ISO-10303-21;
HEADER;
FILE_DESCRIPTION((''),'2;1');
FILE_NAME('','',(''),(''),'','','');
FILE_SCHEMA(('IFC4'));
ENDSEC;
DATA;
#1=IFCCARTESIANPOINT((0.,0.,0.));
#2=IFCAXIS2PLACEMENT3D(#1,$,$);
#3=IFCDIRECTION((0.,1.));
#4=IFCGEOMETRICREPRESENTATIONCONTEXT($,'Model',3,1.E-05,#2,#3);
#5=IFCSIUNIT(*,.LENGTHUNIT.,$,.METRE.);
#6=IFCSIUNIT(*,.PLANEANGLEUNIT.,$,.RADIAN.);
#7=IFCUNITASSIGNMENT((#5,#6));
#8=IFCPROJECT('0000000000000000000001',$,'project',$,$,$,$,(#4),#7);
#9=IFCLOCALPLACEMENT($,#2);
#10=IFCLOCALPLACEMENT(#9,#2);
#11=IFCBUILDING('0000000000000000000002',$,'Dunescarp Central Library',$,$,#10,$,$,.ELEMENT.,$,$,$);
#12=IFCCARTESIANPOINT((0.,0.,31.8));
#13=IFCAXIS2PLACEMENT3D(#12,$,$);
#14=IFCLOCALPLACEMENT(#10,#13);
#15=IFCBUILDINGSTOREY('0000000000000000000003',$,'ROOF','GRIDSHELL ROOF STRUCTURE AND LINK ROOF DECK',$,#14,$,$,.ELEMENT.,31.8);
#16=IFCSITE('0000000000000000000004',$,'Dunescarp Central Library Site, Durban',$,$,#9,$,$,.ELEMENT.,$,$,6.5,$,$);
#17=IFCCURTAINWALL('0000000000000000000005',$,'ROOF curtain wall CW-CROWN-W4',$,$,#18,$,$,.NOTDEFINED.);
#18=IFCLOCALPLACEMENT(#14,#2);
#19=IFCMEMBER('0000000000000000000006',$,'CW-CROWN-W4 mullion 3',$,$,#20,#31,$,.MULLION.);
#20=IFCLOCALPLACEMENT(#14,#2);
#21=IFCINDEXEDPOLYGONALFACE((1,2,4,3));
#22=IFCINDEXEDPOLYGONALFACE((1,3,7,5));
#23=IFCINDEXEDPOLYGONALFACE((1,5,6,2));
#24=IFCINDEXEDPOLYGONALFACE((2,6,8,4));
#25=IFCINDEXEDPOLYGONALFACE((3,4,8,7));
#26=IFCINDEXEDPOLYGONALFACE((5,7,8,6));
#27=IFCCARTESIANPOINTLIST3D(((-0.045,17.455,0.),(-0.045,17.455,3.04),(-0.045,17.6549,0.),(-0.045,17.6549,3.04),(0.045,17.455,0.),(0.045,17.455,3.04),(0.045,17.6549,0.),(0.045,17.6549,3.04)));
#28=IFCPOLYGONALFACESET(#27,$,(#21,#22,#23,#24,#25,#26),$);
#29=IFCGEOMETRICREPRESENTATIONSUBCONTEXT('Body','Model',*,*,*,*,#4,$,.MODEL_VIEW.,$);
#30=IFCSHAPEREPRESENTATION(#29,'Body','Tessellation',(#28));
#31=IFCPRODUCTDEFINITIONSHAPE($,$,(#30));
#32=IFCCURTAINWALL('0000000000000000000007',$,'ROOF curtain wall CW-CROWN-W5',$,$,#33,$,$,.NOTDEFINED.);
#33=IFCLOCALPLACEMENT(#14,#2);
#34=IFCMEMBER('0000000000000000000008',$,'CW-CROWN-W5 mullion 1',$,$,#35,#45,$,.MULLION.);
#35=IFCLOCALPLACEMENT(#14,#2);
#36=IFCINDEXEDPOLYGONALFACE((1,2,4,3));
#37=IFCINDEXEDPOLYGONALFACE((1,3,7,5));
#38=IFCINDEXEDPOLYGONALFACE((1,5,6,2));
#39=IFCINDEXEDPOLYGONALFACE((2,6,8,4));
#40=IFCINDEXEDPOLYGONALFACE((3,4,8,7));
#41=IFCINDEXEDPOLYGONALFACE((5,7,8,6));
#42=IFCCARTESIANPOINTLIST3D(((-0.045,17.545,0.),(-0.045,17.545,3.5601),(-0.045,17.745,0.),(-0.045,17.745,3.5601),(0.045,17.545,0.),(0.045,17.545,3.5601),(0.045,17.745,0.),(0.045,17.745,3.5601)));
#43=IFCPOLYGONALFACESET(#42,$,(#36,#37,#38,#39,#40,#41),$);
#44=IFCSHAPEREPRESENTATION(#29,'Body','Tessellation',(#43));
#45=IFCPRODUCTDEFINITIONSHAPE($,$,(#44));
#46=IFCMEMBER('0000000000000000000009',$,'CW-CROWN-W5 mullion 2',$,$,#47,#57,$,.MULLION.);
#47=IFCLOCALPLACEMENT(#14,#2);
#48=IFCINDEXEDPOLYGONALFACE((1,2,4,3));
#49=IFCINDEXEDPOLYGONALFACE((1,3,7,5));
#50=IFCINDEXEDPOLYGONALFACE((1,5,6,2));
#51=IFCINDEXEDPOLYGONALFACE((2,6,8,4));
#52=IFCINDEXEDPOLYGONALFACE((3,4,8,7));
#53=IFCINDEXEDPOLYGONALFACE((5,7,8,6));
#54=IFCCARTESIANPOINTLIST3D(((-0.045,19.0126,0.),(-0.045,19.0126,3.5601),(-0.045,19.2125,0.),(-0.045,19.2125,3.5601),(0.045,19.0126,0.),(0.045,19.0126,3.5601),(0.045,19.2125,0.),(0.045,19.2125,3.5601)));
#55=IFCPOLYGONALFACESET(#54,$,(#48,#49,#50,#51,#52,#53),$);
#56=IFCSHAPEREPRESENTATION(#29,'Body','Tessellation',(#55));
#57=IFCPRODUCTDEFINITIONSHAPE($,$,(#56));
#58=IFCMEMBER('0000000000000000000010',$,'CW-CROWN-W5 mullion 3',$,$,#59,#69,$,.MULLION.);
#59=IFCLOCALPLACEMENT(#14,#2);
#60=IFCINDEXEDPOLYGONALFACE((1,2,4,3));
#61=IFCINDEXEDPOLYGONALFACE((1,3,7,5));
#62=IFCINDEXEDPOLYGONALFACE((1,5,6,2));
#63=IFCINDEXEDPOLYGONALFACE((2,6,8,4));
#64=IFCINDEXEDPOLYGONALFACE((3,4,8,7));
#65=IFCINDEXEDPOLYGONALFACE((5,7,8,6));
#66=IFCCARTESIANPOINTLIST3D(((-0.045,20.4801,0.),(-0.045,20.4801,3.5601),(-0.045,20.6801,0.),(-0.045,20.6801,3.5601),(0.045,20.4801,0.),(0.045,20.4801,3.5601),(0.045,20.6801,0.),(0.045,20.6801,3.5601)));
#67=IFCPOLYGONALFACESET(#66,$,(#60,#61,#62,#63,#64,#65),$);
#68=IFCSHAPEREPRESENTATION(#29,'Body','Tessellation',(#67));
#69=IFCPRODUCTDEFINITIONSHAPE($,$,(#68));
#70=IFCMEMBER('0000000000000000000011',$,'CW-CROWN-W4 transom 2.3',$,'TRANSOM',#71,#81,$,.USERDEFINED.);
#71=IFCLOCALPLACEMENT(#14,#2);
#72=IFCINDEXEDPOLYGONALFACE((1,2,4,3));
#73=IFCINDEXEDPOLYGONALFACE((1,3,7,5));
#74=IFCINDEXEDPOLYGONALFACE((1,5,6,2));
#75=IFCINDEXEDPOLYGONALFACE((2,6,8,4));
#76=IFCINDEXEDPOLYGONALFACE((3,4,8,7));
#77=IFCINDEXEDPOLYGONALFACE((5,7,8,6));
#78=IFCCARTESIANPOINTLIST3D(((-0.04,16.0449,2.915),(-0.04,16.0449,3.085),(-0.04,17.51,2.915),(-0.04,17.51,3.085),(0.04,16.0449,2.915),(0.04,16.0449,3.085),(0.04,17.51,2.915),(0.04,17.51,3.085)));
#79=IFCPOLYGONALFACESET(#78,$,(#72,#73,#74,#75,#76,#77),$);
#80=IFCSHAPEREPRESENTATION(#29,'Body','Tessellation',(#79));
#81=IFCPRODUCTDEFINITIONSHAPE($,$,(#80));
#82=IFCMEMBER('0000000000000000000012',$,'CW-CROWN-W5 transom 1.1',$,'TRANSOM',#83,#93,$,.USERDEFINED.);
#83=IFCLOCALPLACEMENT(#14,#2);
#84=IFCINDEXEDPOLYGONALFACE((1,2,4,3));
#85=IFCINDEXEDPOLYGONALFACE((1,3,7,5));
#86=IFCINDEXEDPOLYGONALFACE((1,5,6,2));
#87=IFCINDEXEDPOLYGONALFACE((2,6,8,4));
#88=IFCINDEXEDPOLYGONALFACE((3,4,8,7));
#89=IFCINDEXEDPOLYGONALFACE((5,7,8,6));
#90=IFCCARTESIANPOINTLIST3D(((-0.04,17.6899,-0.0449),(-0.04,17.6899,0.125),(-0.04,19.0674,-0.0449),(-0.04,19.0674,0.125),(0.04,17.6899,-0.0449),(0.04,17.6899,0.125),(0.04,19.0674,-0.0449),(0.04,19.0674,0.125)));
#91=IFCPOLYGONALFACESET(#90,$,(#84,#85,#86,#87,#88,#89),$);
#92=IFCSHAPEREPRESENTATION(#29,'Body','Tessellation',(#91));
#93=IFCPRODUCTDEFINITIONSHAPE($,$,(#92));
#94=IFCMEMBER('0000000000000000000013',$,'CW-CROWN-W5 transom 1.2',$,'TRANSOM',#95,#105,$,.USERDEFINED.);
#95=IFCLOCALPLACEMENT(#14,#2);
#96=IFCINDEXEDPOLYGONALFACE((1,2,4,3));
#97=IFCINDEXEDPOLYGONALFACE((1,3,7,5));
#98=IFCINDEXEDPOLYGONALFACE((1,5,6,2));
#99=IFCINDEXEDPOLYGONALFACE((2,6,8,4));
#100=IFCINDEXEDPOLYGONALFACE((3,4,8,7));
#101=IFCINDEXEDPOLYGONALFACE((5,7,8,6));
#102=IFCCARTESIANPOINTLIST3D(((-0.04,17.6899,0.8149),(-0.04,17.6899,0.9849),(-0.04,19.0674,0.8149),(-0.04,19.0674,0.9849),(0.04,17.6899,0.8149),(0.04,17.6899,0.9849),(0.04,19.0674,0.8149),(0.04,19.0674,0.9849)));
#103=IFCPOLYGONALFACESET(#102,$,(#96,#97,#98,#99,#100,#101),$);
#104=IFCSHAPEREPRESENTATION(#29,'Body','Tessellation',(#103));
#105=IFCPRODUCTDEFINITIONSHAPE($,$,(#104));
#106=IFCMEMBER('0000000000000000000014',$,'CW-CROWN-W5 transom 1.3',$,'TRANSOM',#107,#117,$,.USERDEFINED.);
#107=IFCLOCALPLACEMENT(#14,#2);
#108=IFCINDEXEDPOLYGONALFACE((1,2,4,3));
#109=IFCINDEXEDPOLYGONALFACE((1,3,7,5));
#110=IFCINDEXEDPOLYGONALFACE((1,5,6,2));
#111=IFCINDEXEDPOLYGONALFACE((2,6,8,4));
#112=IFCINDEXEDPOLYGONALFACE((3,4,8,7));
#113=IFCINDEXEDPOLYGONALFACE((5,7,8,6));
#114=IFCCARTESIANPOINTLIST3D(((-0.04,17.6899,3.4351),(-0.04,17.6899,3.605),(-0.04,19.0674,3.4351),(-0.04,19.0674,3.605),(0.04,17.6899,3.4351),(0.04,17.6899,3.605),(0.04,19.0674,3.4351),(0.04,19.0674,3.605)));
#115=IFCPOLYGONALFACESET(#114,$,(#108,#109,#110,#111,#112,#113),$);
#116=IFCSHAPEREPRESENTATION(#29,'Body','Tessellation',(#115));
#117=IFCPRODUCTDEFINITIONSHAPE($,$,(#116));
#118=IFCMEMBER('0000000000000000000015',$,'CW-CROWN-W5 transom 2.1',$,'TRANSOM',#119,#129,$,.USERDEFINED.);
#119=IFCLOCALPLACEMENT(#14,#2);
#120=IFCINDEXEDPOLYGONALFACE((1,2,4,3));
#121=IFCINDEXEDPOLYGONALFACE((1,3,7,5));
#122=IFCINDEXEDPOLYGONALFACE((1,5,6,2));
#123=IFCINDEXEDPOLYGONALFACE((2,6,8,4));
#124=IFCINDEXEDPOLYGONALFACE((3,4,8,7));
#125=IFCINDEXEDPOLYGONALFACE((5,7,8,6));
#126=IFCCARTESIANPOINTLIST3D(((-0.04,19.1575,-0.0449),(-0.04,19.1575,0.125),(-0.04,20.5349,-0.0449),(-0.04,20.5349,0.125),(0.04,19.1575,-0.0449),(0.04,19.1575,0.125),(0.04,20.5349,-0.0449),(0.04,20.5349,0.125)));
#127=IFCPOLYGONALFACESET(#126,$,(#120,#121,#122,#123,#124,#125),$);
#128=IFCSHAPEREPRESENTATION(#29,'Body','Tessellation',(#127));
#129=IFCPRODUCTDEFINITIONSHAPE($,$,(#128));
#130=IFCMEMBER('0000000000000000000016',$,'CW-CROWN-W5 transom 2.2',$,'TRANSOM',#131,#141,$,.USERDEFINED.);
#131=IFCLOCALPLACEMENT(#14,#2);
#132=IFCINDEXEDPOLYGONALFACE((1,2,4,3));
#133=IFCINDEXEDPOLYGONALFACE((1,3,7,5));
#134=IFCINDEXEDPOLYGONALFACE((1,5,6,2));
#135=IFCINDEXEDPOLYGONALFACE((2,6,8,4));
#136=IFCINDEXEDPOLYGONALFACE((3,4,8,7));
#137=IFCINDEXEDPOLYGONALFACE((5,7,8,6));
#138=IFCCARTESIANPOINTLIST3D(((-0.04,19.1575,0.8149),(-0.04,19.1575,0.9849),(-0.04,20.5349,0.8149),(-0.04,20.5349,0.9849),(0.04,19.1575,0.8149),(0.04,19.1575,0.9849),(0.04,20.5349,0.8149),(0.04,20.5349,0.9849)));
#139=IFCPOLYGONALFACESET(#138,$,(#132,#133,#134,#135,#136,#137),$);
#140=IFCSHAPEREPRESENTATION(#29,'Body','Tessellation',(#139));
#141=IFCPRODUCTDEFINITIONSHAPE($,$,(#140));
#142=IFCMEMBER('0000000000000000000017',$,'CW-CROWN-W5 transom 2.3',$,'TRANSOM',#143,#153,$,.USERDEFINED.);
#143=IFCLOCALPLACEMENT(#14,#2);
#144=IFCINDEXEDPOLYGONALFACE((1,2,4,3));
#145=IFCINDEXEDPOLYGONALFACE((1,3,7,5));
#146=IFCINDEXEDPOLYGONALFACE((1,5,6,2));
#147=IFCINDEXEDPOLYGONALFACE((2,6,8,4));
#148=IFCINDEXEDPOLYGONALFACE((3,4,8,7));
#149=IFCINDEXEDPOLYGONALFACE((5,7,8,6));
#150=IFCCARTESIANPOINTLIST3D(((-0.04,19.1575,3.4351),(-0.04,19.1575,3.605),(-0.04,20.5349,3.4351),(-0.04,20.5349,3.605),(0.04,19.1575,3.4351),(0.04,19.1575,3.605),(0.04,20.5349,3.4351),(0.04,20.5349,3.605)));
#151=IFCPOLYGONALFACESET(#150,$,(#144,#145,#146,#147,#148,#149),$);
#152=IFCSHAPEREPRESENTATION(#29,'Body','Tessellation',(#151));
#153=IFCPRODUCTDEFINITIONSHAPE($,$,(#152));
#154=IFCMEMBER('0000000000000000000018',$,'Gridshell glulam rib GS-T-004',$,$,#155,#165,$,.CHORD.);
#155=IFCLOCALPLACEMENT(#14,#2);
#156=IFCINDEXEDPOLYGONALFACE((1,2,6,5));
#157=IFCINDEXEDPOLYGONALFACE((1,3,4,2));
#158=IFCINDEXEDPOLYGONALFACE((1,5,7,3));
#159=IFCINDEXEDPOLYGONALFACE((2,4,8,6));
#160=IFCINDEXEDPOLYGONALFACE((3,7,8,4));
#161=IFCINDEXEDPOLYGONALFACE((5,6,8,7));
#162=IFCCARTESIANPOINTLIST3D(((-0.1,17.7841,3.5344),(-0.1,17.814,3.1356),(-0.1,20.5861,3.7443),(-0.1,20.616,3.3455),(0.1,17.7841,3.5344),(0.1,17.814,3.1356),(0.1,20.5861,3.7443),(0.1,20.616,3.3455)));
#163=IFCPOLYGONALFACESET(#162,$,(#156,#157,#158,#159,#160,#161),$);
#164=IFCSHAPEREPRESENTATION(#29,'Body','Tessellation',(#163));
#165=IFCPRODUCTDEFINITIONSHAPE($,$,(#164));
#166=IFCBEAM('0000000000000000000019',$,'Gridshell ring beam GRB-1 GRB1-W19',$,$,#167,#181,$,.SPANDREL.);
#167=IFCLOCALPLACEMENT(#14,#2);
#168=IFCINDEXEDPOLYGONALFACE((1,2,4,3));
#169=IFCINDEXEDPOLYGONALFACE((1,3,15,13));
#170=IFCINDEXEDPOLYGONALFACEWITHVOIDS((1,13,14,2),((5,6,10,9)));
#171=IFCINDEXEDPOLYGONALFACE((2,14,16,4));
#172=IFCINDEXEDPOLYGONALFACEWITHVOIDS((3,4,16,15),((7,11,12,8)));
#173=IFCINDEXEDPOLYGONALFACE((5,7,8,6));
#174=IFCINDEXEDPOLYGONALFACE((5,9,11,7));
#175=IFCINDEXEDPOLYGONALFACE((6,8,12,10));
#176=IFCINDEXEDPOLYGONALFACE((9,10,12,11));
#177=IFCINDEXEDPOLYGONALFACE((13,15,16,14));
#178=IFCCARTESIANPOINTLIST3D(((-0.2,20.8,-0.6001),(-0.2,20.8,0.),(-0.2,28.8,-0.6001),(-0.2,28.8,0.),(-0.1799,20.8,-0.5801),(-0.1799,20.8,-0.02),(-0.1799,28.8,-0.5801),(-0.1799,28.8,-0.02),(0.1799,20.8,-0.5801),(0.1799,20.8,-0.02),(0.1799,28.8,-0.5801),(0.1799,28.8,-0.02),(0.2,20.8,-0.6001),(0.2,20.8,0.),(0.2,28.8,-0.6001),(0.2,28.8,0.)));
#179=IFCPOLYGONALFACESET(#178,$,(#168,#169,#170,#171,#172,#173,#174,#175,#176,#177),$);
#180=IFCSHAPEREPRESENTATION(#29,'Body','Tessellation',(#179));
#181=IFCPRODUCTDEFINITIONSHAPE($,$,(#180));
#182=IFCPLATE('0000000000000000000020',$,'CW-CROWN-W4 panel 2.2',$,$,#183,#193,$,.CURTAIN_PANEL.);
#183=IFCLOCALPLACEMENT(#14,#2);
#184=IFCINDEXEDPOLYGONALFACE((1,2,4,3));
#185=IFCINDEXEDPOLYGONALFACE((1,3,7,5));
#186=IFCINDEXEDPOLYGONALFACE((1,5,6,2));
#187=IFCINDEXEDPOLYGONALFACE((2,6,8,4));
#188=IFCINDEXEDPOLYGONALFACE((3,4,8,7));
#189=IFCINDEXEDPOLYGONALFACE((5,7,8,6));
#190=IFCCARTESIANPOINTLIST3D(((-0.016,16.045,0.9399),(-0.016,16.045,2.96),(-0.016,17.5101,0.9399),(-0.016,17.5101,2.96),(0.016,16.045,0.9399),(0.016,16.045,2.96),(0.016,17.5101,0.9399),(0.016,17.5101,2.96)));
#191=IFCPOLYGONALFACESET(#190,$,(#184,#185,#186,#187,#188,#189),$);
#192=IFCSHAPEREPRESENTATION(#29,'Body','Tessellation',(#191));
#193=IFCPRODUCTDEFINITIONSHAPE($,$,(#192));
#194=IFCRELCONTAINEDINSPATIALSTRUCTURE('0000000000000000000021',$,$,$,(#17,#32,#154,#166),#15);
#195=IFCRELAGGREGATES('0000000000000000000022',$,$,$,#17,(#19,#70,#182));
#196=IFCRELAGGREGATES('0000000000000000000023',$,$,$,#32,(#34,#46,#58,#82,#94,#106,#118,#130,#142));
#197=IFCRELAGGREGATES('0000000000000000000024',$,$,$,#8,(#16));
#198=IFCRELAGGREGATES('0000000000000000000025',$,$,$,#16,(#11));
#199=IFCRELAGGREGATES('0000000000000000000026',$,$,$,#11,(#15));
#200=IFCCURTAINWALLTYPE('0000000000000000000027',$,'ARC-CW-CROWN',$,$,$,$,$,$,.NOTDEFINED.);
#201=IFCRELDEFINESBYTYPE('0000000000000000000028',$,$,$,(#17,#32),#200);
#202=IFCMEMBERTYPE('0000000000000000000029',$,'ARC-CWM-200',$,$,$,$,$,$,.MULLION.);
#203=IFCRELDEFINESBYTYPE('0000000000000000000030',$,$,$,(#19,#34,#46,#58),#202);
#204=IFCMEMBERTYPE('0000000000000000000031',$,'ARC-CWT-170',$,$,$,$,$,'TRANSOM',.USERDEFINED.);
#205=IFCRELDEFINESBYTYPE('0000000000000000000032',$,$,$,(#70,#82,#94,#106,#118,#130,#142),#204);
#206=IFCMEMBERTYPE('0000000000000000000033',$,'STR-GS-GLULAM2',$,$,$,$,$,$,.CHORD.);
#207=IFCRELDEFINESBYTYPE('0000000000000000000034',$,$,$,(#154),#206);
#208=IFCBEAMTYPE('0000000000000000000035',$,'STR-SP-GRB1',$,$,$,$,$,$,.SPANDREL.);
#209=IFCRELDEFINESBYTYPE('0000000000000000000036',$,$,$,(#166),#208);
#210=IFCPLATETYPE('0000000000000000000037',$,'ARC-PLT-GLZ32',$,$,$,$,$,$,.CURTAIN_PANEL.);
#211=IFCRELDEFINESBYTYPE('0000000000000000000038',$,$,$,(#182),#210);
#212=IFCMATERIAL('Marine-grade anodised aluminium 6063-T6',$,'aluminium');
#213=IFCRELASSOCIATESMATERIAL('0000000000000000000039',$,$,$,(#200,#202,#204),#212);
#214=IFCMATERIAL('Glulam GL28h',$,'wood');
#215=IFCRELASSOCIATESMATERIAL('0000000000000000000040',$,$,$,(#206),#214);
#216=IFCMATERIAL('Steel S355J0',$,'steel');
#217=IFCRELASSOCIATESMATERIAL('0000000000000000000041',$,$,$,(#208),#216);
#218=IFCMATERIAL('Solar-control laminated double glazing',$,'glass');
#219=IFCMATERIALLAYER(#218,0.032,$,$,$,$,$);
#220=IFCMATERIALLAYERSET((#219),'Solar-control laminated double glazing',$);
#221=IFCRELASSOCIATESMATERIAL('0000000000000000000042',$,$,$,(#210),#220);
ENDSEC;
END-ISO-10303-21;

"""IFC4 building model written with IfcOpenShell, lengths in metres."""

from ifc_helpers import new_model, si_unit, direction, frame, origin, origin_2d, place, context, subcontext, project, spatial, rectangle, hollow_rectangle, extrude, material, layer, layer_set, material_profile, profile_set, type_object, element, aggregate, save


model = new_model("IFC4")

# Units and contexts
model_context = context("Model", 3, precision=1e-05, world=origin(), true_north=direction((0.0, 1.0)))
body_context = subcontext(model_context, "Body", "Model", "MODEL_VIEW")
ifc_project = project(units=[si_unit("LENGTHUNIT", "METRE"), si_unit("PLANEANGLEUNIT", "RADIAN")], contexts=[model_context])

# Site, building, storey
site_placement = place(None, origin())
site = spatial("IfcSite", under=ifc_project, at=site_placement, Name="Dunescarp Central Library Site, Durban", CompositionType="ELEMENT", RefElevation=6.5)
building_placement = place(site_placement, origin())
building = spatial("IfcBuilding", under=site, at=building_placement, Name="Dunescarp Central Library", CompositionType="ELEMENT")
storey_placement = place(building_placement, frame((0.0, 0.0, 31.8)))
storey = spatial("IfcBuildingStorey", under=building, at=storey_placement, Name="ROOF", Description="GRIDSHELL ROOF STRUCTURE AND LINK ROOF DECK", CompositionType="ELEMENT", Elevation=31.8)

# Curtain wall, member
ifc_material_1 = material(Name="Marine-grade anodised aluminium 6063-T6", Category="aluminium")
curtain_wall_type = type_object("IfcCurtainWallType", Name="ARC-CW-CROWN", PredefinedType="NOTDEFINED", material=ifc_material_1)
curtain_wall_1_placement = place(storey_placement, origin())
curtain_wall_1 = element("IfcCurtainWall", 1, at=curtain_wall_1_placement, inside=storey, type_object=curtain_wall_type, Name="ROOF curtain wall CW-CROWN-W4", PredefinedType="NOTDEFINED")
ifc_material_profile_1 = material_profile(ifc_material_1, rectangle(XDim=0.0901, YDim=0.2, at=origin_2d()), Name="AL 90x200")
ifc_profile_set_1 = profile_set([ifc_material_profile_1], Name="Marine-grade anodised aluminium 6063-T6")
member_type_1 = type_object("IfcMemberType", Name="ARC-CWM-200", PredefinedType="MULLION", material=ifc_profile_set_1)
member_1_placement = place(storey_placement, frame((0.0, 17.5549, 0.0), z_axis=(0.0, 0.0, 1.0), x_axis=(-1.0, 0.0, 0.0)))
member_1 = element("IfcMember", 2, at=member_1_placement, type_object=member_type_1, Name="CW-CROWN-W4 mullion 3", PredefinedType="MULLION", context=body_context, shape_type="SweptSolid", body=[
    extrude(rectangle(XDim=0.0901, YDim=0.2, at=origin_2d()), origin(), (0.0, 0.0, 1.0), 3.04),
])

# Curtain wall, members
curtain_wall_2_placement = place(storey_placement, origin())
curtain_wall_2 = element("IfcCurtainWall", 3, at=curtain_wall_2_placement, inside=storey, type_object=curtain_wall_type, Name="ROOF curtain wall CW-CROWN-W5", PredefinedType="NOTDEFINED")
member_2_placement = place(storey_placement, frame((0.0, 17.645, 0.0), z_axis=(0.0, 0.0, 1.0), x_axis=(-1.0, 0.0, 0.0)))
member_2 = element("IfcMember", 4, at=member_2_placement, type_object=member_type_1, Name="CW-CROWN-W5 mullion 1", PredefinedType="MULLION", context=body_context, shape_type="SweptSolid", body=[
    extrude(rectangle(XDim=0.0901, YDim=0.2, at=origin_2d()), origin(), (0.0, 0.0, 1.0), 3.5601),
])
member_3_placement = place(storey_placement, frame((0.0, 19.1125, 0.0), z_axis=(0.0, 0.0, 1.0), x_axis=(-1.0, 0.0, 0.0)))
member_3 = element("IfcMember", 5, at=member_3_placement, type_object=member_type_1, Name="CW-CROWN-W5 mullion 2", PredefinedType="MULLION", context=body_context, shape_type="SweptSolid", body=[
    extrude(rectangle(XDim=0.0901, YDim=0.2, at=origin_2d()), origin(), (0.0, 0.0, 1.0), 3.5601),
])
member_4_placement = place(storey_placement, frame((0.0, 20.5801, 0.0), z_axis=(0.0, 0.0, 1.0), x_axis=(-1.0, 0.0, 0.0)))
member_4 = element("IfcMember", 6, at=member_4_placement, type_object=member_type_1, Name="CW-CROWN-W5 mullion 3", PredefinedType="MULLION", context=body_context, shape_type="SweptSolid", body=[
    extrude(rectangle(XDim=0.0901, YDim=0.2, at=origin_2d()), origin(), (0.0, 0.0, 1.0), 3.5601),
])

# Members
ifc_material_profile_2 = material_profile(ifc_material_1, rectangle(XDim=0.0801, YDim=0.1699, at=origin_2d()), Name="AL 80x170")
ifc_profile_set_2 = profile_set([ifc_material_profile_2], Name="Marine-grade anodised aluminium 6063-T6")
member_type_2 = type_object("IfcMemberType", Name="ARC-CWT-170", ElementType="TRANSOM", PredefinedType="USERDEFINED", material=ifc_profile_set_2)
member_5_placement = place(storey_placement, frame((0.0, 16.0449, 3.0), z_axis=(0.0, 1.0, 0.0), x_axis=(-1.0, 0.0, 0.0)))
member_5 = element("IfcMember", 7, at=member_5_placement, type_object=member_type_2, Name="CW-CROWN-W4 transom 2.3", ObjectType="TRANSOM", PredefinedType="USERDEFINED", context=body_context, shape_type="SweptSolid", body=[
    extrude(rectangle(XDim=0.0801, YDim=0.1699, at=origin_2d()), origin(), (0.0, 0.0, 1.0), 1.4651),
])
member_6_placement = place(storey_placement, frame((0.0, 17.6899, 0.04), z_axis=(0.0, 1.0, 0.0), x_axis=(-1.0, 0.0, 0.0)))
member_6 = element("IfcMember", 8, at=member_6_placement, type_object=member_type_2, Name="CW-CROWN-W5 transom 1.1", ObjectType="TRANSOM", PredefinedType="USERDEFINED", context=body_context, shape_type="SweptSolid", body=[
    extrude(rectangle(XDim=0.0801, YDim=0.1699, at=origin_2d()), origin(), (0.0, 0.0, 1.0), 1.3774),
])
member_7_placement = place(storey_placement, frame((0.0, 17.6899, 0.8999), z_axis=(0.0, 1.0, 0.0), x_axis=(-1.0, 0.0, 0.0)))
member_7 = element("IfcMember", 9, at=member_7_placement, type_object=member_type_2, Name="CW-CROWN-W5 transom 1.2", ObjectType="TRANSOM", PredefinedType="USERDEFINED", context=body_context, shape_type="SweptSolid", body=[
    extrude(rectangle(XDim=0.0801, YDim=0.1699, at=origin_2d()), origin(), (0.0, 0.0, 1.0), 1.3774),
])
member_8_placement = place(storey_placement, frame((0.0, 17.6899, 3.52), z_axis=(0.0, 1.0, 0.0), x_axis=(-1.0, 0.0, 0.0)))
member_8 = element("IfcMember", 10, at=member_8_placement, type_object=member_type_2, Name="CW-CROWN-W5 transom 1.3", ObjectType="TRANSOM", PredefinedType="USERDEFINED", context=body_context, shape_type="SweptSolid", body=[
    extrude(rectangle(XDim=0.0801, YDim=0.1699, at=origin_2d()), origin(), (0.0, 0.0, 1.0), 1.3774),
])
member_9_placement = place(storey_placement, frame((0.0, 19.1575, 0.04), z_axis=(0.0, 1.0, 0.0), x_axis=(-1.0, 0.0, 0.0)))
member_9 = element("IfcMember", 11, at=member_9_placement, type_object=member_type_2, Name="CW-CROWN-W5 transom 2.1", ObjectType="TRANSOM", PredefinedType="USERDEFINED", context=body_context, shape_type="SweptSolid", body=[
    extrude(rectangle(XDim=0.0801, YDim=0.1699, at=origin_2d()), origin(), (0.0, 0.0, 1.0), 1.3774),
])
member_10_placement = place(storey_placement, frame((0.0, 19.1575, 0.8999), z_axis=(0.0, 1.0, 0.0), x_axis=(-1.0, 0.0, 0.0)))
member_10 = element("IfcMember", 12, at=member_10_placement, type_object=member_type_2, Name="CW-CROWN-W5 transom 2.2", ObjectType="TRANSOM", PredefinedType="USERDEFINED", context=body_context, shape_type="SweptSolid", body=[
    extrude(rectangle(XDim=0.0801, YDim=0.1699, at=origin_2d()), origin(), (0.0, 0.0, 1.0), 1.3774),
])
member_11_placement = place(storey_placement, frame((0.0, 19.1575, 3.52), z_axis=(0.0, 1.0, 0.0), x_axis=(-1.0, 0.0, 0.0)))
member_11 = element("IfcMember", 13, at=member_11_placement, type_object=member_type_2, Name="CW-CROWN-W5 transom 2.3", ObjectType="TRANSOM", PredefinedType="USERDEFINED", context=body_context, shape_type="SweptSolid", body=[
    extrude(rectangle(XDim=0.0801, YDim=0.1699, at=origin_2d()), origin(), (0.0, 0.0, 1.0), 1.3774),
])
ifc_material_2 = material(Name="Glulam GL28h", Category="wood")
ifc_material_profile_3 = material_profile(ifc_material_2, rectangle(XDim=0.2, YDim=0.3999, at=origin_2d()), Name="GL28h 200x400")
ifc_profile_set_3 = profile_set([ifc_material_profile_3], Name="Glulam GL28h")
member_type_3 = type_object("IfcMemberType", Name="STR-GS-GLULAM2", PredefinedType="CHORD", material=ifc_profile_set_3)
member_12_placement = place(storey_placement, frame((0.0, 17.7991, 3.335), z_axis=(0.0, 0.997204, 0.074723), x_axis=(-1.0, 0.0, 0.0)))
element("IfcMember", 14, at=member_12_placement, inside=storey, type_object=member_type_3, Name="Gridshell glulam rib GS-T-004", PredefinedType="CHORD", context=body_context, shape_type="SweptSolid", body=[
    extrude(rectangle(XDim=0.2, YDim=0.3999, at=origin_2d()), origin(), (0.0, 0.0, 1.0), 2.8098),
])

# Beam
ifc_material_3 = material(Name="Steel S355J0", Category="steel")
ifc_material_profile_4 = material_profile(ifc_material_3, hollow_rectangle(XDim=0.3999, YDim=0.6001, WallThickness=0.02, at=origin_2d()), Name="RHS 600x400x20")
ifc_profile_set_4 = profile_set([ifc_material_profile_4], Name="Steel S355J0")
beam_type = type_object("IfcBeamType", Name="STR-SP-GRB1", PredefinedType="SPANDREL", material=ifc_profile_set_4)
beam_placement = place(storey_placement, frame((0.0, 20.8, -0.3), z_axis=(0.0, 1.0, 0.0), x_axis=(-1.0, 0.0, 0.0)))
element("IfcBeam", 15, at=beam_placement, inside=storey, type_object=beam_type, Name="Gridshell ring beam GRB-1 GRB1-W19", PredefinedType="SPANDREL", context=body_context, shape_type="SweptSolid", body=[
    extrude(hollow_rectangle(XDim=0.3999, YDim=0.6001, WallThickness=0.02, at=origin_2d()), origin(), (0.0, 0.0, 1.0), 8.0),
])

# Plate
ifc_material_4 = material(Name="Solar-control laminated double glazing", Category="glass")
ifc_layer_1 = layer(ifc_material_4, 0.032)
ifc_layer_set_1 = layer_set([ifc_layer_1], Name="Solar-control laminated double glazing")
plate_type_1 = type_object("IfcPlateType", Name="ARC-PLT-GLZ32", PredefinedType="CURTAIN_PANEL", material=ifc_layer_set_1)
plate_1_placement = place(storey_placement, frame((0.0, 16.7776, 0.9399), z_axis=(0.0, 0.0, 1.0), x_axis=(0.0, 1.0, 0.0)))
plate_1 = element("IfcPlate", 16, at=plate_1_placement, type_object=plate_type_1, Name="CW-CROWN-W4 panel 2.2", PredefinedType="CURTAIN_PANEL", context=body_context, shape_type="SweptSolid", body=[
    extrude(rectangle(XDim=1.4651, YDim=0.032, at=origin_2d()), origin(), (0.0, 0.0, 1.0), 2.02),
])
aggregate(curtain_wall_1, [member_1, member_5, plate_1])
aggregate(curtain_wall_2, [member_2, member_3, member_4, member_6, member_7, member_8, member_9, member_10, member_11])

save(model, "model.ifc")
